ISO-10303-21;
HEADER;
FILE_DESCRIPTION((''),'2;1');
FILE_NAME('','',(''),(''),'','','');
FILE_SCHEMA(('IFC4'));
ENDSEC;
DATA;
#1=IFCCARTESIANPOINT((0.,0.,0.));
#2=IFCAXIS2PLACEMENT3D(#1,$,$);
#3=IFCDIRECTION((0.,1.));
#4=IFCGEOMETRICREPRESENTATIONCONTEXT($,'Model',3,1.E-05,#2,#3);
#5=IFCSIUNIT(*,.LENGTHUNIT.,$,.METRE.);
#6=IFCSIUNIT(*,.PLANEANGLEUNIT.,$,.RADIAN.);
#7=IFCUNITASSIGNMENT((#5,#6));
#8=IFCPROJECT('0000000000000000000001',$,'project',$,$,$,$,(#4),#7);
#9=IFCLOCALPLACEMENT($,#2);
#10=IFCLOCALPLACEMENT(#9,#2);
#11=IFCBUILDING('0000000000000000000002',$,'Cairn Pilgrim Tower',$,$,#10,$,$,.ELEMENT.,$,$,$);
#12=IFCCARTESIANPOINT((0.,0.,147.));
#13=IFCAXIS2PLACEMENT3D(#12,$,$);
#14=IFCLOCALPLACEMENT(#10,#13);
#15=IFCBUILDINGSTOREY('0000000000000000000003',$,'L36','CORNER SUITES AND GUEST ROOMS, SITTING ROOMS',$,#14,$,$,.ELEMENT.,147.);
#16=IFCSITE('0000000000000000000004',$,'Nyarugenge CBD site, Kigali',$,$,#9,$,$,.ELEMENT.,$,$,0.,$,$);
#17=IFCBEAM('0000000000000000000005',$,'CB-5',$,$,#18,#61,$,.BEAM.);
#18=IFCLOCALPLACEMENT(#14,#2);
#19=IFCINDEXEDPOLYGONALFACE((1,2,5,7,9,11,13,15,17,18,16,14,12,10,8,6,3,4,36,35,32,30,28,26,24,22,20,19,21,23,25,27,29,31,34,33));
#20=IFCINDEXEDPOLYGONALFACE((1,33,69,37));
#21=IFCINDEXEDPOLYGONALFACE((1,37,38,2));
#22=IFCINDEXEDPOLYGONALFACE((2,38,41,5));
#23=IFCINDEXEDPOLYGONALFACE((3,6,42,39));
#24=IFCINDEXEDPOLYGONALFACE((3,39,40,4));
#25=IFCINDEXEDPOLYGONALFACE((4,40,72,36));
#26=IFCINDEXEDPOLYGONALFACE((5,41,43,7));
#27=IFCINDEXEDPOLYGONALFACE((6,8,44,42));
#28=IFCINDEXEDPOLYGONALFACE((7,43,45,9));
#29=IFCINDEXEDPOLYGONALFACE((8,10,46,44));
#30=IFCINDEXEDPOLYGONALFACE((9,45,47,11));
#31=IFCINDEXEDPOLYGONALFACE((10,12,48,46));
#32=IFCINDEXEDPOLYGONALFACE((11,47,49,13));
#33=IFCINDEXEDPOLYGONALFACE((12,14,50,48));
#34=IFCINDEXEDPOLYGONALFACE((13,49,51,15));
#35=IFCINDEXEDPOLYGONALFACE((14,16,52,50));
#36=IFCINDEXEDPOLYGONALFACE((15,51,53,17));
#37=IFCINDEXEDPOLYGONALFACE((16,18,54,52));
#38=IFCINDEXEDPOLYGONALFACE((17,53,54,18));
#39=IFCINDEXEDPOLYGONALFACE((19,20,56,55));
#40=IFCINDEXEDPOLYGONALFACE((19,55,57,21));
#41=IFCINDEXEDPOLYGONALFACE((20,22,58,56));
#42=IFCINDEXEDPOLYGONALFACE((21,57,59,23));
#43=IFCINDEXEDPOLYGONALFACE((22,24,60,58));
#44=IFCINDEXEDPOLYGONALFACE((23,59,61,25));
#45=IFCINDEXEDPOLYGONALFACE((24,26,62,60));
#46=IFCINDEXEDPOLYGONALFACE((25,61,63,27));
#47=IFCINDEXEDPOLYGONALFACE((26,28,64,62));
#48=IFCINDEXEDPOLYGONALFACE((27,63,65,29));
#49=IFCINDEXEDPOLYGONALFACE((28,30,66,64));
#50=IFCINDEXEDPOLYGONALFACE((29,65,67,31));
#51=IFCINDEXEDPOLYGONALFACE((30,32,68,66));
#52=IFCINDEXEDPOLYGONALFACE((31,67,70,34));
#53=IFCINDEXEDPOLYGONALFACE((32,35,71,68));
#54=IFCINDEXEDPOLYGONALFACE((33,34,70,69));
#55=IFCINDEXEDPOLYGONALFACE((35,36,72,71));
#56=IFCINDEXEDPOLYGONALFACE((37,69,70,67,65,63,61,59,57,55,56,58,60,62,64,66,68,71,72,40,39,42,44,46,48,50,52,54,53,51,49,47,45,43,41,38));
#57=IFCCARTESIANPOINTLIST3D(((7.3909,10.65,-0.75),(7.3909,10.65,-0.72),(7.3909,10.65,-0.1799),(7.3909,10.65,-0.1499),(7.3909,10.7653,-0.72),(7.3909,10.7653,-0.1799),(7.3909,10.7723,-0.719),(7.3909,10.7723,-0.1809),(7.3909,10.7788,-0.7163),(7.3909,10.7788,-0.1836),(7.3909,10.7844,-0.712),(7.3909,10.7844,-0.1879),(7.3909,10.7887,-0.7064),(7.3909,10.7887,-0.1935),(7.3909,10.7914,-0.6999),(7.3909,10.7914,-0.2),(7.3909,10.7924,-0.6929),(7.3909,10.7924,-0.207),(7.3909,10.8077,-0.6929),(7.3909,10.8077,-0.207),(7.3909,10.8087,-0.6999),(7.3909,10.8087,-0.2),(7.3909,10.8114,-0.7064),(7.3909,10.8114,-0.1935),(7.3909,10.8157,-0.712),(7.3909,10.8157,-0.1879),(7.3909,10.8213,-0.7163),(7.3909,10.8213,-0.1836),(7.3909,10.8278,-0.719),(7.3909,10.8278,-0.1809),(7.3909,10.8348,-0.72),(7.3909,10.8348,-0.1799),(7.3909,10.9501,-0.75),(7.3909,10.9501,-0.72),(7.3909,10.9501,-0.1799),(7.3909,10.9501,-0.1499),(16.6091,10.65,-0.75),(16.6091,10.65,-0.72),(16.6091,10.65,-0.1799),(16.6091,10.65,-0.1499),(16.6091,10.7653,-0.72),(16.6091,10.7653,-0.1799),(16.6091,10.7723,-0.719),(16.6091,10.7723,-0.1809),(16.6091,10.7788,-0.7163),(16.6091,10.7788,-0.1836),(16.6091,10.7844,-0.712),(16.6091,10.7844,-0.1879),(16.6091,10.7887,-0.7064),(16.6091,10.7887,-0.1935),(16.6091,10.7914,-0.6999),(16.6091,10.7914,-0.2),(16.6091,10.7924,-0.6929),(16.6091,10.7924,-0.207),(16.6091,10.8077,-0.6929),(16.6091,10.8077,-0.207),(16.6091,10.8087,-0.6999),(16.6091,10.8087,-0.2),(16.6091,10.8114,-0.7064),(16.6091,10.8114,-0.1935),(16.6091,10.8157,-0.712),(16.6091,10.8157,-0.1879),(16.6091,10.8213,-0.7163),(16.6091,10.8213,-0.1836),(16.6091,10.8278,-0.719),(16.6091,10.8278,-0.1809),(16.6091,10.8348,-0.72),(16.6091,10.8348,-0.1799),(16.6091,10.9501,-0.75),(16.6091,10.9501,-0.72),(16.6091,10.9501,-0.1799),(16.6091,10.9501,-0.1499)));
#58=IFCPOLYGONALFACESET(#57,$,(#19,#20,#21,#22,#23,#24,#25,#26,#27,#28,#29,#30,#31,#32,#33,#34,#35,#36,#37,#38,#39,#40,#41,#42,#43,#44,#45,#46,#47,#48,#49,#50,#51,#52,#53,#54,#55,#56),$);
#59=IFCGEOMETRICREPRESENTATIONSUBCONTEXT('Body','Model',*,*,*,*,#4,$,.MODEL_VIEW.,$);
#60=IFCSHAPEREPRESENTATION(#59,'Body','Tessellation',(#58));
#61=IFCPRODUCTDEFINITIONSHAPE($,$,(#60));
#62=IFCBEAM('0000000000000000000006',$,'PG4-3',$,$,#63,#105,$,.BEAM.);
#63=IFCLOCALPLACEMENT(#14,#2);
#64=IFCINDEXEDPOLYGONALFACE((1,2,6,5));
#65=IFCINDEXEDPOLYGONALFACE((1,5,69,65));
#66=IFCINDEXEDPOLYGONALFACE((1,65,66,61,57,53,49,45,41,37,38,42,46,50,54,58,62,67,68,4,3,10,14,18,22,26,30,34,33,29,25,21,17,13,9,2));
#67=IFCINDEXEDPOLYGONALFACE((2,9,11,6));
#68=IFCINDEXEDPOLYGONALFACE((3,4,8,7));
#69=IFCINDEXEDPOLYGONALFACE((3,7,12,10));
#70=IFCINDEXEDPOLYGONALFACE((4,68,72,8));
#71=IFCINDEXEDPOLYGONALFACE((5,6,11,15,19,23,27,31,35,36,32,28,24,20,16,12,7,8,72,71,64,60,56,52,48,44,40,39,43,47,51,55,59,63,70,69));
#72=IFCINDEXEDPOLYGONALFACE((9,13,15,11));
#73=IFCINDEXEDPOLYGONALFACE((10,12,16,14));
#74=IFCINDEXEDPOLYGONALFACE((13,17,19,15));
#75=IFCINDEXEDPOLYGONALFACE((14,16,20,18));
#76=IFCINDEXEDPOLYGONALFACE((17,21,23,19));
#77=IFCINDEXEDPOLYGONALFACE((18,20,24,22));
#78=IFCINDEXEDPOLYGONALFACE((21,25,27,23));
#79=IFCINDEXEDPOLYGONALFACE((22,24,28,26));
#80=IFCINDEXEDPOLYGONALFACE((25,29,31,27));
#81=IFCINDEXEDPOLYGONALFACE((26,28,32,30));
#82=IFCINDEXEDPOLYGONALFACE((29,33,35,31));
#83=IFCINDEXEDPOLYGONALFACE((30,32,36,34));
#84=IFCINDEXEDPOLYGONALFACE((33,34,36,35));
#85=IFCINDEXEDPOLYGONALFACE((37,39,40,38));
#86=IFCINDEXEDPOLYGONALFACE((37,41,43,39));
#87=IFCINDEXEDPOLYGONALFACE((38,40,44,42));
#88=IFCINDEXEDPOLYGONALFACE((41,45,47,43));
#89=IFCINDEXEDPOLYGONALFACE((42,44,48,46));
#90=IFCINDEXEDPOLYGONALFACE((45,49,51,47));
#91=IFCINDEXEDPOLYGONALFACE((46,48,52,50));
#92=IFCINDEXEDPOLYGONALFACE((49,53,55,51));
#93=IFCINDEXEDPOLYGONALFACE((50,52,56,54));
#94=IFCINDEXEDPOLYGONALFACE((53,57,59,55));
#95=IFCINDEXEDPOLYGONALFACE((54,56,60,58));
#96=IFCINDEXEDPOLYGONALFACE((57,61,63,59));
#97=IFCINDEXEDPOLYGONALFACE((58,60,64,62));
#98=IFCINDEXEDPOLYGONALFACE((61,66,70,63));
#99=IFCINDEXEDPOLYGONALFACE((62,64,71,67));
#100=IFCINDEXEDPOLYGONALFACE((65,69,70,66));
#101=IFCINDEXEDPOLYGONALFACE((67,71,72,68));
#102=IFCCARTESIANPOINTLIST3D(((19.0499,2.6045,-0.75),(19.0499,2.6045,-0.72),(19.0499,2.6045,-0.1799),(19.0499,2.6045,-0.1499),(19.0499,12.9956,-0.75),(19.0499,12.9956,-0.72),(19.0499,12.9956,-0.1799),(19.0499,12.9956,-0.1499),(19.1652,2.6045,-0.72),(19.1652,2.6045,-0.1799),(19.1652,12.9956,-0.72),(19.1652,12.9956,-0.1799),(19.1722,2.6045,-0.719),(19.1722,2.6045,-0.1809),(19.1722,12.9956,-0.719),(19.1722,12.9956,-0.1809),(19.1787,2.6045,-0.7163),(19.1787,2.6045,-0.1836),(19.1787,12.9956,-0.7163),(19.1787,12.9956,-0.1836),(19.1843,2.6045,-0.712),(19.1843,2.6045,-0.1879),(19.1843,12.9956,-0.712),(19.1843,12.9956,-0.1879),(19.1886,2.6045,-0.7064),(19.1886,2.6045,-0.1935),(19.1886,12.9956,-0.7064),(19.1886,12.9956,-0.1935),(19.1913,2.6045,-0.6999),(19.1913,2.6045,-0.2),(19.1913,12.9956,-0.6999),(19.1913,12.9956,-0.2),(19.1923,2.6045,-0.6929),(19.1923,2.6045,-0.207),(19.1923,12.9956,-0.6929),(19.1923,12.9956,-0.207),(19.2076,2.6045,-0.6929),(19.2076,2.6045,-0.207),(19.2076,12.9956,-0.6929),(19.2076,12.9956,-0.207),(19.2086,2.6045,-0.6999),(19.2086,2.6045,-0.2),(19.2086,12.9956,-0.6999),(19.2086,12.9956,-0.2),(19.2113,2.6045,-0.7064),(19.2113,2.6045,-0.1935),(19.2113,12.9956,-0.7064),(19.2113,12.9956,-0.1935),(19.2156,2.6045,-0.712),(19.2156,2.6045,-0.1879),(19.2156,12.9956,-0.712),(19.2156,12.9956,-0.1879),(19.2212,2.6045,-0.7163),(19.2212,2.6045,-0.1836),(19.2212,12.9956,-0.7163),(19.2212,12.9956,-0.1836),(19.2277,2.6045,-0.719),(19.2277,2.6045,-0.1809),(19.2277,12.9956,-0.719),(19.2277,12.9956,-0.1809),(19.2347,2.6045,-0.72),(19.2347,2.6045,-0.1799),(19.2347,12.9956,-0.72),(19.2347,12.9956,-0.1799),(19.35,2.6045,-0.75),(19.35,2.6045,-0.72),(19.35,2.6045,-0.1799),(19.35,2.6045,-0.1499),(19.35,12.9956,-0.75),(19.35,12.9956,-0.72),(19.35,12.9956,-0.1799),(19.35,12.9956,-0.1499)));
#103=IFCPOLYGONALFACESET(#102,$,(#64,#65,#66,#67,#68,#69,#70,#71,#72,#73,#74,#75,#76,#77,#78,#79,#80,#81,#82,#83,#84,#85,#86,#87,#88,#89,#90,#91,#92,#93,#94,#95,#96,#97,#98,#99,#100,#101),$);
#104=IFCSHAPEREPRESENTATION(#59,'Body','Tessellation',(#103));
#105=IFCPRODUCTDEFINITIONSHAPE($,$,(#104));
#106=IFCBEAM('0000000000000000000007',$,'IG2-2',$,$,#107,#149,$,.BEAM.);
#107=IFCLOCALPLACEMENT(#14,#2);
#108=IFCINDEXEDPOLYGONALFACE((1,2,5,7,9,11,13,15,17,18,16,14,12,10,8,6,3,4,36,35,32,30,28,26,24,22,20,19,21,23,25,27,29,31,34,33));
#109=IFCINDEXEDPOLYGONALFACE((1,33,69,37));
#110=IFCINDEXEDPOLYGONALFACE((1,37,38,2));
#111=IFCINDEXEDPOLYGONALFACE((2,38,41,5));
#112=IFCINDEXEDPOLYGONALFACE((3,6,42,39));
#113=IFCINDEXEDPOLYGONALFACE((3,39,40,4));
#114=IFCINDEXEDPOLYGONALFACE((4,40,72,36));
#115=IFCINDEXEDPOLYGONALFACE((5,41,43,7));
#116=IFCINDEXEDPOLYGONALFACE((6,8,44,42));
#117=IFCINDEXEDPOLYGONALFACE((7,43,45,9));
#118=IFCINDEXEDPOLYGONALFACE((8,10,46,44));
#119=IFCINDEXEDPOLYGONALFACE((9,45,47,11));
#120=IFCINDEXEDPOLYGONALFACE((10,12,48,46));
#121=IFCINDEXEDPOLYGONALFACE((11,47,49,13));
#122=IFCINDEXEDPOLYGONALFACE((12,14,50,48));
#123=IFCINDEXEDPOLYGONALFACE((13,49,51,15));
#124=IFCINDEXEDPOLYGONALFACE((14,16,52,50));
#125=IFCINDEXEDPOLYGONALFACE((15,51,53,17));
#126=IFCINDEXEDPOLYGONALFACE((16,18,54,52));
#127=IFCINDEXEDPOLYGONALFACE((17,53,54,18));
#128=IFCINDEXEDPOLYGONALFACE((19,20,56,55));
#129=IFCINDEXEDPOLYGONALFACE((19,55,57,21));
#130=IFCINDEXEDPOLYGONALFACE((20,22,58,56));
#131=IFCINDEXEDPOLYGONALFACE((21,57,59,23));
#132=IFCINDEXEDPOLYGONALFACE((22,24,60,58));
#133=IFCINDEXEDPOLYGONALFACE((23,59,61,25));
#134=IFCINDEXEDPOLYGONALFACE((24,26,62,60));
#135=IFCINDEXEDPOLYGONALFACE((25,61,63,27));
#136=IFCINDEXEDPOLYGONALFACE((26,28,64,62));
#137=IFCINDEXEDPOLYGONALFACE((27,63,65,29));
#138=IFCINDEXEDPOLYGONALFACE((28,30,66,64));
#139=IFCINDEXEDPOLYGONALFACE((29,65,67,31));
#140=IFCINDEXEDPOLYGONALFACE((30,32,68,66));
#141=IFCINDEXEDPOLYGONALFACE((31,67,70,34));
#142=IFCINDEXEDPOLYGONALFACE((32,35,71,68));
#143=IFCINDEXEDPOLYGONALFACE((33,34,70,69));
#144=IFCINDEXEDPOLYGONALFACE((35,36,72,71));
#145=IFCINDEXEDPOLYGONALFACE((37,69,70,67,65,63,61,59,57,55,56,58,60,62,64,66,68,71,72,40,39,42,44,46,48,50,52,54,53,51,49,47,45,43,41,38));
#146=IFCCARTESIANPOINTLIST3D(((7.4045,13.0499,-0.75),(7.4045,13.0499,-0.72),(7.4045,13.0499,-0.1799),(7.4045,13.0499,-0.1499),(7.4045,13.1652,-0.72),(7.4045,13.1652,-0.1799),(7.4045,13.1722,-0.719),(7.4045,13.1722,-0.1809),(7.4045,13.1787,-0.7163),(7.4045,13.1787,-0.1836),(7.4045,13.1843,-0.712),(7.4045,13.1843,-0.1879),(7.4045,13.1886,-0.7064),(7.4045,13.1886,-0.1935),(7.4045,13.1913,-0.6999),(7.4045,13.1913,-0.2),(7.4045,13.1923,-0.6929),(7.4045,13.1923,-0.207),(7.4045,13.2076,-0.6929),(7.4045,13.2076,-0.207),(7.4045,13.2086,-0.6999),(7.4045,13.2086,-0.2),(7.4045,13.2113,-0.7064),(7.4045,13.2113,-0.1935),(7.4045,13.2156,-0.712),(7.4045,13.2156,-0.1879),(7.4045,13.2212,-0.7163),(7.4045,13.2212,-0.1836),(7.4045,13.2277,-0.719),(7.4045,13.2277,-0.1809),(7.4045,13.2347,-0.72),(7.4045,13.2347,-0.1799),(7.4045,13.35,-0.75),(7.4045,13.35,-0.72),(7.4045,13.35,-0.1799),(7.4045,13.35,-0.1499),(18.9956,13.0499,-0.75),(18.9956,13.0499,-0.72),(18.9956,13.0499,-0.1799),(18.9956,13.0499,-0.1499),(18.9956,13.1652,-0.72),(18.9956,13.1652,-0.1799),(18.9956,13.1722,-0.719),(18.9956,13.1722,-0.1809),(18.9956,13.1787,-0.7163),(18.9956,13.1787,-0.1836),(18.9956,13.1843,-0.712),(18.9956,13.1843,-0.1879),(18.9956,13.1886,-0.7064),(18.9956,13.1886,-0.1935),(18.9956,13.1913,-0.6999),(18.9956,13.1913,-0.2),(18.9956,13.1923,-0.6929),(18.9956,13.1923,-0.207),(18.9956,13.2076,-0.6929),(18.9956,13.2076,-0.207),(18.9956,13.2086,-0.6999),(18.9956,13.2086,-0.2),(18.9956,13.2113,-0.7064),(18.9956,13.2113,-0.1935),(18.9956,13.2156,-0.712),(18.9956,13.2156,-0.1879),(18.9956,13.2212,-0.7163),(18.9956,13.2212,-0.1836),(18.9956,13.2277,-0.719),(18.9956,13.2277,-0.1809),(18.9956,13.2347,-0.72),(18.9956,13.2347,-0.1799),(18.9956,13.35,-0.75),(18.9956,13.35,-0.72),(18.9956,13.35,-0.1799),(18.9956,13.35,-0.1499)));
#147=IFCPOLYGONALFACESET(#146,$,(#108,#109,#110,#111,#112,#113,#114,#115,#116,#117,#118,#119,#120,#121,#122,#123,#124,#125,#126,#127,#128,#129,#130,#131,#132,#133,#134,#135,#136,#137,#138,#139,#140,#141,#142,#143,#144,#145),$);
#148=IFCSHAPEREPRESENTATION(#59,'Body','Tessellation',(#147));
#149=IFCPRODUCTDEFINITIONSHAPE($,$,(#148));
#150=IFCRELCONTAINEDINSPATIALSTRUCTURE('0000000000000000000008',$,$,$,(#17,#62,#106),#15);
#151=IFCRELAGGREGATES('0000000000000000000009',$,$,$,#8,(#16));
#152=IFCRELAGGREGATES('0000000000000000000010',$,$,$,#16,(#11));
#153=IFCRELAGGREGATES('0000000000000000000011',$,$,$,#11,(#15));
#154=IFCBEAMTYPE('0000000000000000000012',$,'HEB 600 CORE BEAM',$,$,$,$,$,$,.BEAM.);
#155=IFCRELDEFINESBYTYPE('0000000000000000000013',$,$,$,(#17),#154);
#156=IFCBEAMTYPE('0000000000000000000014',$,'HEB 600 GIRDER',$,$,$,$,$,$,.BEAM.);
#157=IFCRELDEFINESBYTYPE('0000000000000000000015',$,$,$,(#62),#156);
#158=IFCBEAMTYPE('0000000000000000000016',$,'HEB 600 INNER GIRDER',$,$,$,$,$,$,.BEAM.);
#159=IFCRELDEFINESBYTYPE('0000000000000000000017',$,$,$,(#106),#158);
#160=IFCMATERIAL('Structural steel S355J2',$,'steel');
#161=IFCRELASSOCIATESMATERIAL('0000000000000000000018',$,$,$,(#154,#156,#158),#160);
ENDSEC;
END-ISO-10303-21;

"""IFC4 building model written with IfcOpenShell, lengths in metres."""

from ifc_helpers import new_model, si_unit, direction, frame, origin, origin_2d, place, context, subcontext, project, spatial, i_section, extrude, material, material_profile, profile_set, type_object, element, save


model = new_model("IFC4")

# Units and contexts
model_context = context("Model", 3, precision=1e-05, world=origin(), true_north=direction((0.0, 1.0)))
body_context = subcontext(model_context, "Body", "Model", "MODEL_VIEW")
ifc_project = project(units=[si_unit("LENGTHUNIT", "METRE"), si_unit("PLANEANGLEUNIT", "RADIAN")], contexts=[model_context])

# Site, building, storey
site_placement = place(None, origin())
site = spatial("IfcSite", under=ifc_project, at=site_placement, Name="Nyarugenge CBD site, Kigali", CompositionType="ELEMENT", RefElevation=0.0)
building_placement = place(site_placement, origin())
building = spatial("IfcBuilding", under=site, at=building_placement, Name="Cairn Pilgrim Tower", CompositionType="ELEMENT")
storey_placement = place(building_placement, frame((0.0, 0.0, 147.0)))
storey = spatial("IfcBuildingStorey", under=building, at=storey_placement, Name="L36", Description="CORNER SUITES AND GUEST ROOMS, SITTING ROOMS", CompositionType="ELEMENT", Elevation=147.0)

# Beams
ifc_material_1 = material(Name="Structural steel S355J2", Category="steel")
ifc_material_profile_1 = material_profile(ifc_material_1, i_section(OverallWidth=0.3, OverallDepth=0.6001, WebThickness=0.0154, FlangeThickness=0.03, FilletRadius=0.0271, at=origin_2d()), Name="HEB 600")
ifc_profile_set_1 = profile_set([ifc_material_profile_1], Name="Structural steel S355J2")
beam_type_1 = type_object("IfcBeamType", Name="HEB 600 CORE BEAM", PredefinedType="BEAM", material=ifc_profile_set_1)
beam_1_placement = place(storey_placement, frame((16.6091, 10.8, -0.45), z_axis=(-1.0, 0.0, 0.0), x_axis=(0.0, -1.0, 0.0)))
element("IfcBeam", 1, at=beam_1_placement, inside=storey, type_object=beam_type_1, Name="CB-5", PredefinedType="BEAM", context=body_context, shape_type="SweptSolid", body=[
    extrude(i_section(OverallWidth=0.3, OverallDepth=0.6001, WebThickness=0.0154, FlangeThickness=0.03, FilletRadius=0.0271, at=origin_2d()), origin(), (0.0, 0.0, 1.0), 9.2183),
])
ifc_material_profile_2 = material_profile(ifc_material_1, i_section(OverallWidth=0.3, OverallDepth=0.6001, WebThickness=0.0154, FlangeThickness=0.03, FilletRadius=0.0271, at=origin_2d()), Name="HEB 600")
ifc_profile_set_2 = profile_set([ifc_material_profile_2], Name="Structural steel S355J2")
beam_type_2 = type_object("IfcBeamType", Name="HEB 600 GIRDER", PredefinedType="BEAM", material=ifc_profile_set_2)
beam_2_placement = place(storey_placement, frame((19.2, 2.6045, -0.45), z_axis=(0.0, 1.0, 0.0), x_axis=(-1.0, 0.0, 0.0)))
element("IfcBeam", 2, at=beam_2_placement, inside=storey, type_object=beam_type_2, Name="PG4-3", PredefinedType="BEAM", context=body_context, shape_type="SweptSolid", body=[
    extrude(i_section(OverallWidth=0.3, OverallDepth=0.6001, WebThickness=0.0154, FlangeThickness=0.03, FilletRadius=0.0271, at=origin_2d()), origin(), (0.0, 0.0, 1.0), 10.3911),
])
ifc_material_profile_3 = material_profile(ifc_material_1, i_section(OverallWidth=0.3, OverallDepth=0.6001, WebThickness=0.0154, FlangeThickness=0.03, FilletRadius=0.0271, at=origin_2d()), Name="HEB 600")
ifc_profile_set_3 = profile_set([ifc_material_profile_3], Name="Structural steel S355J2")
beam_type_3 = type_object("IfcBeamType", Name="HEB 600 INNER GIRDER", PredefinedType="BEAM", material=ifc_profile_set_3)
beam_3_placement = place(storey_placement, frame((7.4045, 13.2, -0.45), z_axis=(1.0, 0.0, 0.0), x_axis=(0.0, 1.0, 0.0)))
element("IfcBeam", 3, at=beam_3_placement, inside=storey, type_object=beam_type_3, Name="IG2-2", PredefinedType="BEAM", context=body_context, shape_type="SweptSolid", body=[
    extrude(i_section(OverallWidth=0.3, OverallDepth=0.6001, WebThickness=0.0154, FlangeThickness=0.03, FilletRadius=0.0271, at=origin_2d()), origin(), (0.0, 0.0, 1.0), 11.5911),
])

save(model, "model.ifc")
